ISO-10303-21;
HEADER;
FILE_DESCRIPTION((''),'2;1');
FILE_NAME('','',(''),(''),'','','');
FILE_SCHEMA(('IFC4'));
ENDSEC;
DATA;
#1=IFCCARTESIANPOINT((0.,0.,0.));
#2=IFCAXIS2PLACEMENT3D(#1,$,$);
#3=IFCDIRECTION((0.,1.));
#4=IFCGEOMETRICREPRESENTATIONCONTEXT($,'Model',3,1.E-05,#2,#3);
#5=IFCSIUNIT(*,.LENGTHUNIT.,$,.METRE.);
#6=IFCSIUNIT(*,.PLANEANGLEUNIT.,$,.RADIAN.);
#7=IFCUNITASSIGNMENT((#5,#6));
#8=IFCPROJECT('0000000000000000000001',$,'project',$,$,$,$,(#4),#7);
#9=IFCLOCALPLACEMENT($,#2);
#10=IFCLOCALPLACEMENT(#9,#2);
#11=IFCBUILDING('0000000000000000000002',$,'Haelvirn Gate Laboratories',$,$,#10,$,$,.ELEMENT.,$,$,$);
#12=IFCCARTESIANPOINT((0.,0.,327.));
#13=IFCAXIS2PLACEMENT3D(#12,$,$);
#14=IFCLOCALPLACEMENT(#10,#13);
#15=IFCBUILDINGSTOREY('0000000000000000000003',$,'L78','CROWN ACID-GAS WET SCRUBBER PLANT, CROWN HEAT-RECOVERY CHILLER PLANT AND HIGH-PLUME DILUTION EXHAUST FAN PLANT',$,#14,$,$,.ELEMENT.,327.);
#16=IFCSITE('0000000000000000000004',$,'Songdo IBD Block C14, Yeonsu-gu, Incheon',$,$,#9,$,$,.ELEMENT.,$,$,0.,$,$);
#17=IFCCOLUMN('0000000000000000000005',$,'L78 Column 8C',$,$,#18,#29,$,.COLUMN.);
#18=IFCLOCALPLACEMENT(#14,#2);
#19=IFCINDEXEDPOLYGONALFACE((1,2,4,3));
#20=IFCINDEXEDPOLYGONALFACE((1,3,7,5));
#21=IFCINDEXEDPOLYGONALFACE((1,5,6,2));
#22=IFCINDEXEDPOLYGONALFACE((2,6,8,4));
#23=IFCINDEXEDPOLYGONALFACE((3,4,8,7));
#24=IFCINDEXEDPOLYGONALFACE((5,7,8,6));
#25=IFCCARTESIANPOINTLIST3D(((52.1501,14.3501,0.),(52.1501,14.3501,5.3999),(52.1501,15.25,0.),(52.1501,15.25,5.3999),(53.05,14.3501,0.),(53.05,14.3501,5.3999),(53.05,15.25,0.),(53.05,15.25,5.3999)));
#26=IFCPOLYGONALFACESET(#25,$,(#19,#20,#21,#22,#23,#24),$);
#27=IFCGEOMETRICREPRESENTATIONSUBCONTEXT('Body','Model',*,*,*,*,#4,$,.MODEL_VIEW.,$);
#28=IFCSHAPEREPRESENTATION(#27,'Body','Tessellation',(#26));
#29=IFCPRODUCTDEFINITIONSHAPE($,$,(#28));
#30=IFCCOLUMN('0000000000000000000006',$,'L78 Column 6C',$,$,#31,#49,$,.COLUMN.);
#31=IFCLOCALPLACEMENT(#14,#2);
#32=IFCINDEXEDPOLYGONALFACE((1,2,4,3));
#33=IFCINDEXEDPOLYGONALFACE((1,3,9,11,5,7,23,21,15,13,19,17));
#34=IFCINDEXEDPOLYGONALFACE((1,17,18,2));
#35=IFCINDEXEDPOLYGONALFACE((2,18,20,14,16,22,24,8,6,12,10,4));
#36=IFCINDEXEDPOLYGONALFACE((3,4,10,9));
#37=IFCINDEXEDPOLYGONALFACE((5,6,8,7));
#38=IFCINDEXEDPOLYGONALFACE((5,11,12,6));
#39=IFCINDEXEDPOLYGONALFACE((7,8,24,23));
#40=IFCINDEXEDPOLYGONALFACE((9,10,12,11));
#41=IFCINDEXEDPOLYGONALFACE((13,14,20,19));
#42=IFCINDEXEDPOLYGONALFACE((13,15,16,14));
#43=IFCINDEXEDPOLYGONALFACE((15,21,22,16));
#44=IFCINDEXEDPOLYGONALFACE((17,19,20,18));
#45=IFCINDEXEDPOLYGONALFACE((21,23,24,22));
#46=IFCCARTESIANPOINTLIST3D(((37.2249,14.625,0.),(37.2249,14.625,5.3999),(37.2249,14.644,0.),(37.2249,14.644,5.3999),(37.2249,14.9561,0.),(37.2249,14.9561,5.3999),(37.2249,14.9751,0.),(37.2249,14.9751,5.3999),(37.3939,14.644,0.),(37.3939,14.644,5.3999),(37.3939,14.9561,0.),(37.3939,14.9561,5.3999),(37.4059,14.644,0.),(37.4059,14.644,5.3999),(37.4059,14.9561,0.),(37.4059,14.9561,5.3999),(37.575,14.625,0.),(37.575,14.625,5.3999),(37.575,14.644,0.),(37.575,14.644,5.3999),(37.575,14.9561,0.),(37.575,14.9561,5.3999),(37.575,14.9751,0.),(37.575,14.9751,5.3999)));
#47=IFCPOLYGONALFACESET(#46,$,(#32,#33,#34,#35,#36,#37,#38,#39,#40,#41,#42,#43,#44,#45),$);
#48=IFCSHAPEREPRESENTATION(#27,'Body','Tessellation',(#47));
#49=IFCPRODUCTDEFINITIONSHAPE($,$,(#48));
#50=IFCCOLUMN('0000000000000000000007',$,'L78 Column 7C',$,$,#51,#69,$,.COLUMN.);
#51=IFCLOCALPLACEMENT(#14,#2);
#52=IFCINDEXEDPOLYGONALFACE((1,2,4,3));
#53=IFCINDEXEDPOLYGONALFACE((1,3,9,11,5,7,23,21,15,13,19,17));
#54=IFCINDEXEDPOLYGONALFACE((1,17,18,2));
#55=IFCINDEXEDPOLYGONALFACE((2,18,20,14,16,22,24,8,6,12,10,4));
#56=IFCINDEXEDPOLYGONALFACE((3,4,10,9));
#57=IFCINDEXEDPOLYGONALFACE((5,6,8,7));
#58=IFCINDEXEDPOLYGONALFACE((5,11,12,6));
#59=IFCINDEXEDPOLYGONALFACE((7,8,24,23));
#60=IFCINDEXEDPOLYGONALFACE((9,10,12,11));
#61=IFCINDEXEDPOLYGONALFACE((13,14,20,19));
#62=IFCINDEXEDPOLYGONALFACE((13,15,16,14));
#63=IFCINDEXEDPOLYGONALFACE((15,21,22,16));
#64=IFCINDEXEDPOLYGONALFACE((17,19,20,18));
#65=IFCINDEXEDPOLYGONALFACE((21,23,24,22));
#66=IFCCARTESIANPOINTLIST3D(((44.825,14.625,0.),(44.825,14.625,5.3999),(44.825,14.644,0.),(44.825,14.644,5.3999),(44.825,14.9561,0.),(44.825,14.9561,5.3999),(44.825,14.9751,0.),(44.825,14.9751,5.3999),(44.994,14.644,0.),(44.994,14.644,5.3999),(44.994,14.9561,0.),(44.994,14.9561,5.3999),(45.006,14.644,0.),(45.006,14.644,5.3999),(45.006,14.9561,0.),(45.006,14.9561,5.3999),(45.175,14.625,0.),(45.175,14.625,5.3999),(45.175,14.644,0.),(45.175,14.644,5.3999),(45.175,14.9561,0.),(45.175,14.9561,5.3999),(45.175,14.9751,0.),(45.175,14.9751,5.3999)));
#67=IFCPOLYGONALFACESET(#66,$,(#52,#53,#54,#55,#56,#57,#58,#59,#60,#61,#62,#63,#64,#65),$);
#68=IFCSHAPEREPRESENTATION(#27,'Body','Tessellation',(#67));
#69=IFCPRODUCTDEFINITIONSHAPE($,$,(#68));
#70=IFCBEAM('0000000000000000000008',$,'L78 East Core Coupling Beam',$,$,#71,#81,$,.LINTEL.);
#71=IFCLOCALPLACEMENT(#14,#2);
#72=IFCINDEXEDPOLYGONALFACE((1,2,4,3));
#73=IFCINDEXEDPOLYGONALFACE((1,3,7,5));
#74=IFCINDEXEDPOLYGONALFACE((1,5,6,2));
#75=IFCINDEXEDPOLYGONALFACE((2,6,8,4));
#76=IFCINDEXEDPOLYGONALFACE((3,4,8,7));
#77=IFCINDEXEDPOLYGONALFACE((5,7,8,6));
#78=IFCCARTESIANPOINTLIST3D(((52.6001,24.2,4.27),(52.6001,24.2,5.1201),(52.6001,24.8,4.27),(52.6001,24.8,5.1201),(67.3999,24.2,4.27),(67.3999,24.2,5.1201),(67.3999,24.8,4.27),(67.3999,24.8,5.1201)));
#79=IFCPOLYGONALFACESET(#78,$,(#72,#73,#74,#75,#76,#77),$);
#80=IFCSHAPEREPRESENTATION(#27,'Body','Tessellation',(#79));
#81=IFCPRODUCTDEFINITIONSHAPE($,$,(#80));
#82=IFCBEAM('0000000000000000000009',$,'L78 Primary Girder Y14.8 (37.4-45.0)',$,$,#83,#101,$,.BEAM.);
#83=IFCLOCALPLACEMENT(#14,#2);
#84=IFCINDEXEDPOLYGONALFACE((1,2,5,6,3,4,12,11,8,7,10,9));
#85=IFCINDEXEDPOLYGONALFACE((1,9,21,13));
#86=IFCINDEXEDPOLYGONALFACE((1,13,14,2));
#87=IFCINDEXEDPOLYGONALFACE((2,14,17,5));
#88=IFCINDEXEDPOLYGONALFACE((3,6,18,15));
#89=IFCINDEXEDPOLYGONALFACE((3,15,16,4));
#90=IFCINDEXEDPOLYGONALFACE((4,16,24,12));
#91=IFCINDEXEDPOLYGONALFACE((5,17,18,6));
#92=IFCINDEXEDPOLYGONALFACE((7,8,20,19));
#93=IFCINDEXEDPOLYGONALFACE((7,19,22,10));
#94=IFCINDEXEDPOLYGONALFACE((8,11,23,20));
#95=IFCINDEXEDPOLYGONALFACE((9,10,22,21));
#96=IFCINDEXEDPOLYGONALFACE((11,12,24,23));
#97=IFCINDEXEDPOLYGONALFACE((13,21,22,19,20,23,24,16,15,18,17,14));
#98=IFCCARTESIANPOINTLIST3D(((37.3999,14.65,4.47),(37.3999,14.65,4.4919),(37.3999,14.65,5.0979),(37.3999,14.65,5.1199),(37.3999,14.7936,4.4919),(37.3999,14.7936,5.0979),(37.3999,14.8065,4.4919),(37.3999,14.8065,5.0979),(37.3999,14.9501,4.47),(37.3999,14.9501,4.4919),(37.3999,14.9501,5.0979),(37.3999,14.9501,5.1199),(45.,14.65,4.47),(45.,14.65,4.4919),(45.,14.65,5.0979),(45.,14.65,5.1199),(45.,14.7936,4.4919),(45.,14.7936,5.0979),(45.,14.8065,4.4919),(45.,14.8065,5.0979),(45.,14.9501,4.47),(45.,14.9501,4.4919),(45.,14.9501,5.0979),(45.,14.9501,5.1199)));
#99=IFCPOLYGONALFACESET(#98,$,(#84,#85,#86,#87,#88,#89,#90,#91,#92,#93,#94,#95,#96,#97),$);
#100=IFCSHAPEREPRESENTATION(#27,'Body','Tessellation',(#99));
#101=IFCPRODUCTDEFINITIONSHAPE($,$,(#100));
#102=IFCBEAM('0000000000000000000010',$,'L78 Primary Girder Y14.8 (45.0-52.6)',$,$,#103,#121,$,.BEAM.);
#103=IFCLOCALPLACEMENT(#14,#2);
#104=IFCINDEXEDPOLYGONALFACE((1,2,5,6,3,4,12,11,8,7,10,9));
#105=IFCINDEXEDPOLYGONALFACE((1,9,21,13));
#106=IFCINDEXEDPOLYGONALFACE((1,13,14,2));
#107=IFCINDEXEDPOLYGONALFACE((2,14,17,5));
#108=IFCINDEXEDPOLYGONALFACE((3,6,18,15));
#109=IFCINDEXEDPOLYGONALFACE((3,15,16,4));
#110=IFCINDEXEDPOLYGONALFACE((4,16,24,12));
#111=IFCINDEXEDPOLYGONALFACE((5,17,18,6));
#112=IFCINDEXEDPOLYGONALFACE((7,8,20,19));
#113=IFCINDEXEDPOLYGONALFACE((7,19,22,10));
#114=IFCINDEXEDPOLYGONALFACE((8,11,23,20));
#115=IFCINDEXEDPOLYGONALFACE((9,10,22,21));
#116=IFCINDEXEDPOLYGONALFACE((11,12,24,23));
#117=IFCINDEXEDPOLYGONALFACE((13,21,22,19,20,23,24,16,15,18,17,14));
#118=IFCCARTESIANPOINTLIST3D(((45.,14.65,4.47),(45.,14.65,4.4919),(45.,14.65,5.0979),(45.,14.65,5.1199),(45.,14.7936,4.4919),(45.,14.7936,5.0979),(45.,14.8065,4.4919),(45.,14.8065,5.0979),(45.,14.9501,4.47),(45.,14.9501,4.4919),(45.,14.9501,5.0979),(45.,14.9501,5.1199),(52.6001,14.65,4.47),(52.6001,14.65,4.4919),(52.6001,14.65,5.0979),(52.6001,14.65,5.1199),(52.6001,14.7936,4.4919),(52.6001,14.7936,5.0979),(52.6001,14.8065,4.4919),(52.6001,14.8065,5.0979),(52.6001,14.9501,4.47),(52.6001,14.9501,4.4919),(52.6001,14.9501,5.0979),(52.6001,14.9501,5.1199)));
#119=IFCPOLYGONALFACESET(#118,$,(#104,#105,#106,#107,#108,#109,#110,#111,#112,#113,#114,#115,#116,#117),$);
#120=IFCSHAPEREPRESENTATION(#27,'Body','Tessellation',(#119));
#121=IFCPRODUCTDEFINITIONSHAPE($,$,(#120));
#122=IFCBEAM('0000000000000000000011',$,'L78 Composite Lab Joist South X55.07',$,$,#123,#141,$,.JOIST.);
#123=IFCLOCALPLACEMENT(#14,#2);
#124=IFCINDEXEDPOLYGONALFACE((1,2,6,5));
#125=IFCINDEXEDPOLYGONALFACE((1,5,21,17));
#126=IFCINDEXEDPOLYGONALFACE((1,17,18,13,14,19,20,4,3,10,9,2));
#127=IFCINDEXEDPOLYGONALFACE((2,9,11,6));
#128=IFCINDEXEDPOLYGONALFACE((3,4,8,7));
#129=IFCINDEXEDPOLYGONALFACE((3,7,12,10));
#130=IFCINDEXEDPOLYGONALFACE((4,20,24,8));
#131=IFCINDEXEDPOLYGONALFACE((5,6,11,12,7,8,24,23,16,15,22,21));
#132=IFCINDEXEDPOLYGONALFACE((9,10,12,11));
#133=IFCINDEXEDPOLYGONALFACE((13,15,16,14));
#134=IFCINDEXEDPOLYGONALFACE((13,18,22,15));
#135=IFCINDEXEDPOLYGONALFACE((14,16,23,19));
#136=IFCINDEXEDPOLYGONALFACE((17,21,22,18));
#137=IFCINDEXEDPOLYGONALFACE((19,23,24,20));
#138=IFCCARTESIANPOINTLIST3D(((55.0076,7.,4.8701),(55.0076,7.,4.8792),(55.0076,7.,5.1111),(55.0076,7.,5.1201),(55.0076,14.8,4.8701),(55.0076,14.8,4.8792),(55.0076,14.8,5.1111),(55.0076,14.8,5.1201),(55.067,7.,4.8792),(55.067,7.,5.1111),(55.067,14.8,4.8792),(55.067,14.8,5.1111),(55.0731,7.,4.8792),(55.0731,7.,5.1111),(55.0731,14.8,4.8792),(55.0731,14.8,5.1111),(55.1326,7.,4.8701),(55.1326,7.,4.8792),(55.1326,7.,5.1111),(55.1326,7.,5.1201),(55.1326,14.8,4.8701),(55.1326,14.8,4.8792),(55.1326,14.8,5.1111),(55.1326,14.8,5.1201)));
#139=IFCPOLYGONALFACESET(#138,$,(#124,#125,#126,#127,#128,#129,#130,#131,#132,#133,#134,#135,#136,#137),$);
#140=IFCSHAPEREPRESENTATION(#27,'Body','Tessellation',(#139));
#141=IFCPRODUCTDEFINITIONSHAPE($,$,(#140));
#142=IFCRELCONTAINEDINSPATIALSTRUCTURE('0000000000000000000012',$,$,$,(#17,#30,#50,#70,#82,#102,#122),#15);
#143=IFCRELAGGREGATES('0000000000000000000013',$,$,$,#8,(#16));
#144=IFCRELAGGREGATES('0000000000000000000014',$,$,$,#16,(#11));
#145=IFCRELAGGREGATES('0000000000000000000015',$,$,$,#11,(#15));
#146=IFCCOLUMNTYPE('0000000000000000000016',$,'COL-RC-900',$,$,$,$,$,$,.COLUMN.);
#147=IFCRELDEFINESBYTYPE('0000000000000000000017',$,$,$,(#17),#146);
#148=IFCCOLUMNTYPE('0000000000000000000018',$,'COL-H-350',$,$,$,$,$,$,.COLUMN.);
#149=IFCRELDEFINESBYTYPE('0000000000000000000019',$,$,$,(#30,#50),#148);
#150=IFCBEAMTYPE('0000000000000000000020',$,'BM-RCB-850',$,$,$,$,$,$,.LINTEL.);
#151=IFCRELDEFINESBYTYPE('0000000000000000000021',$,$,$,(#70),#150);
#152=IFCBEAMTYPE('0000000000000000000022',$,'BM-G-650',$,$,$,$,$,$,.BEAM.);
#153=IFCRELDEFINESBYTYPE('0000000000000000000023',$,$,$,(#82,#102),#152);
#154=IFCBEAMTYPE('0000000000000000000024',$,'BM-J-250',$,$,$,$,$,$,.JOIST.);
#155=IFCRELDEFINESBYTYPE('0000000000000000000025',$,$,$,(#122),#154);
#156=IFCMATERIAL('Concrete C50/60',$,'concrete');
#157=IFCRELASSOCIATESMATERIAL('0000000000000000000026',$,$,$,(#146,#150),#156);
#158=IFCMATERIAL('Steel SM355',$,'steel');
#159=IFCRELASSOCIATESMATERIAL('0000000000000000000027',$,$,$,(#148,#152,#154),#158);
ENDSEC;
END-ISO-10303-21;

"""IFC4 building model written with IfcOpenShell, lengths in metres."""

from ifc_helpers import new_model, si_unit, direction, frame, origin, origin_2d, place, context, subcontext, project, spatial, rectangle, i_section, extrude, source, transform, mapped, material, material_profile, profile_set, type_object, type_shapes, element, save


model = new_model("IFC4")

# Units and contexts
model_context = context("Model", 3, precision=1e-05, world=origin(), true_north=direction((0.0, 1.0)))
body_context = subcontext(model_context, "Body", "Model", "MODEL_VIEW")
ifc_project = project(units=[si_unit("LENGTHUNIT", "METRE"), si_unit("PLANEANGLEUNIT", "RADIAN")], contexts=[model_context])

# Site, building, storey
site_placement = place(None, origin())
site = spatial("IfcSite", under=ifc_project, at=site_placement, Name="Songdo IBD Block C14, Yeonsu-gu, Incheon", CompositionType="ELEMENT", RefElevation=0.0)
building_placement = place(site_placement, origin())
building = spatial("IfcBuilding", under=site, at=building_placement, Name="Haelvirn Gate Laboratories", CompositionType="ELEMENT")
storey_placement = place(building_placement, frame((0.0, 0.0, 327.0)))
storey = spatial("IfcBuildingStorey", under=building, at=storey_placement, Name="L78", Description="CROWN ACID-GAS WET SCRUBBER PLANT, CROWN HEAT-RECOVERY CHILLER PLANT AND HIGH-PLUME DILUTION EXHAUST FAN PLANT", CompositionType="ELEMENT", Elevation=327.0)

# Columns
ifc_material_1 = material(Name="Concrete C50/60", Category="concrete")
ifc_material_profile_1 = material_profile(ifc_material_1, rectangle(XDim=0.8999, YDim=0.8999, at=origin_2d()), Name="RC-900x900")
ifc_profile_set_1 = profile_set([ifc_material_profile_1], Name="Concrete C50/60")
column_type_1 = type_object("IfcColumnType", Name="COL-RC-900", PredefinedType="COLUMN", material=ifc_profile_set_1)
shared_shape_1 = source(origin(), body_context, "Body", "SweptSolid", [
    extrude(rectangle(XDim=0.8999, YDim=0.8999, at=origin_2d()), origin(), (0.0, 0.0, 1.0), 5.3999),
])
type_shapes(column_type_1, [shared_shape_1])
column_placement = place(storey_placement, frame((52.6001, 14.8, 0.0), z_axis=(0.0, 0.0, 1.0), x_axis=(1.0, 0.0, 0.0)))
element("IfcColumn", 1, at=column_placement, inside=storey, type_object=column_type_1, Name="L78 Column 8C", PredefinedType="COLUMN", context=body_context, shape_type="MappedRepresentation", body=[
    mapped(shared_shape_1, transform((0.0, 0.0, 0.0), scale=1.0)),
])
ifc_material_2 = material(Name="Steel SM355", Category="steel")
ifc_material_profile_2 = material_profile(ifc_material_2, i_section(OverallWidth=0.3501, OverallDepth=0.3501, WebThickness=0.012, FlangeThickness=0.019, at=origin_2d()), Name="H-350x350x12x19")
ifc_profile_set_2 = profile_set([ifc_material_profile_2], Name="Steel SM355")
column_type_2 = type_object("IfcColumnType", Name="COL-H-350", PredefinedType="COLUMN", material=ifc_profile_set_2)
shared_shape_2 = source(origin(), body_context, "Body", "SweptSolid", [
    extrude(i_section(OverallWidth=0.3501, OverallDepth=0.3501, WebThickness=0.012, FlangeThickness=0.019, at=origin_2d()), origin(), (0.0, 0.0, 1.0), 5.3999),
])
type_shapes(column_type_2, [shared_shape_2])
for number, where, z_axis, x_axis, name in (
    (2, (37.3999, 14.8, 0.0), (0.0, 0.0, 1.0), (1.0, 0.0, 0.0), "L78 Column 6C"),
    (3, (45.0, 14.8, 0.0), (0.0, 0.0, 1.0), (1.0, 0.0, 0.0), "L78 Column 7C"),
):
    element("IfcColumn", number, at=place(storey_placement, frame(where, z_axis=z_axis, x_axis=x_axis)), inside=storey, type_object=column_type_2, Name=name, PredefinedType="COLUMN", context=body_context, shape_type="MappedRepresentation", body=[
        mapped(shared_shape_2, transform((0.0, 0.0, 0.0), scale=1.0)),
    ])

# Beams
ifc_material_profile_3 = material_profile(ifc_material_1, rectangle(XDim=0.6001, YDim=0.8501, at=origin_2d()), Name="RCB-600x850")
ifc_profile_set_3 = profile_set([ifc_material_profile_3], Name="Concrete C50/60")
beam_type_1 = type_object("IfcBeamType", Name="BM-RCB-850", PredefinedType="LINTEL", material=ifc_profile_set_3)
shared_shape_3 = source(origin(), body_context, "Body", "SweptSolid", [
    extrude(rectangle(XDim=0.6001, YDim=0.8501, at=origin_2d()), origin(), (0.0, 0.0, 1.0), 14.7998),
])
type_shapes(beam_type_1, [shared_shape_3])
beam_1_placement = place(storey_placement, frame((52.6001, 24.5, 4.6951), z_axis=(1.0, 0.0, 0.0), x_axis=(0.0, 1.0, 0.0)))
element("IfcBeam", 4, at=beam_1_placement, inside=storey, type_object=beam_type_1, Name="L78 East Core Coupling Beam", PredefinedType="LINTEL", context=body_context, shape_type="MappedRepresentation", body=[
    mapped(shared_shape_3, transform((0.0, 0.0, 0.0), scale=1.0)),
])
ifc_material_profile_4 = material_profile(ifc_material_2, i_section(OverallWidth=0.3, OverallDepth=0.6499, WebThickness=0.0129, FlangeThickness=0.022, at=origin_2d()), Name="H-650x300x13x22")
ifc_profile_set_4 = profile_set([ifc_material_profile_4], Name="Steel SM355")
beam_type_2 = type_object("IfcBeamType", Name="BM-G-650", PredefinedType="BEAM", material=ifc_profile_set_4)
shared_shape_4 = source(origin(), body_context, "Body", "SweptSolid", [
    extrude(i_section(OverallWidth=0.3, OverallDepth=0.6499, WebThickness=0.0129, FlangeThickness=0.022, at=origin_2d()), origin(), (0.0, 0.0, 1.0), 7.6001),
])
type_shapes(beam_type_2, [shared_shape_4])
for number, where, z_axis, x_axis, name in (
    (5, (37.3999, 14.8, 4.7949), (1.0, 0.0, 0.0), (0.0, 1.0, 0.0), "L78 Primary Girder Y14.8 (37.4-45.0)"),
    (6, (45.0, 14.8, 4.7949), (1.0, 0.0, 0.0), (0.0, 1.0, 0.0), "L78 Primary Girder Y14.8 (45.0-52.6)"),
):
    element("IfcBeam", number, at=place(storey_placement, frame(where, z_axis=z_axis, x_axis=x_axis)), inside=storey, type_object=beam_type_2, Name=name, PredefinedType="BEAM", context=body_context, shape_type="MappedRepresentation", body=[
        mapped(shared_shape_4, transform((0.0, 0.0, 0.0), scale=1.0)),
    ])
ifc_material_profile_5 = material_profile(ifc_material_2, i_section(OverallWidth=0.125, OverallDepth=0.25, WebThickness=0.0061, FlangeThickness=0.009, at=origin_2d()), Name="H-250x125x6x9")
ifc_profile_set_5 = profile_set([ifc_material_profile_5], Name="Steel SM355")
beam_type_3 = type_object("IfcBeamType", Name="BM-J-250", PredefinedType="JOIST", material=ifc_profile_set_5)
shared_shape_5 = source(origin(), body_context, "Body", "SweptSolid", [
    extrude(i_section(OverallWidth=0.125, OverallDepth=0.25, WebThickness=0.0061, FlangeThickness=0.009, at=origin_2d()), origin(), (0.0, 0.0, 1.0), 7.8),
])
type_shapes(beam_type_3, [shared_shape_5])
beam_2_placement = place(storey_placement, frame((55.0701, 7.0, 4.9951), z_axis=(0.0, 1.0, 0.0), x_axis=(-1.0, 0.0, 0.0)))
element("IfcBeam", 7, at=beam_2_placement, inside=storey, type_object=beam_type_3, Name="L78 Composite Lab Joist South X55.07", PredefinedType="JOIST", context=body_context, shape_type="MappedRepresentation", body=[
    mapped(shared_shape_5, transform((0.0, 0.0, 0.0), scale=1.0)),
])

save(model, "model.ifc")
